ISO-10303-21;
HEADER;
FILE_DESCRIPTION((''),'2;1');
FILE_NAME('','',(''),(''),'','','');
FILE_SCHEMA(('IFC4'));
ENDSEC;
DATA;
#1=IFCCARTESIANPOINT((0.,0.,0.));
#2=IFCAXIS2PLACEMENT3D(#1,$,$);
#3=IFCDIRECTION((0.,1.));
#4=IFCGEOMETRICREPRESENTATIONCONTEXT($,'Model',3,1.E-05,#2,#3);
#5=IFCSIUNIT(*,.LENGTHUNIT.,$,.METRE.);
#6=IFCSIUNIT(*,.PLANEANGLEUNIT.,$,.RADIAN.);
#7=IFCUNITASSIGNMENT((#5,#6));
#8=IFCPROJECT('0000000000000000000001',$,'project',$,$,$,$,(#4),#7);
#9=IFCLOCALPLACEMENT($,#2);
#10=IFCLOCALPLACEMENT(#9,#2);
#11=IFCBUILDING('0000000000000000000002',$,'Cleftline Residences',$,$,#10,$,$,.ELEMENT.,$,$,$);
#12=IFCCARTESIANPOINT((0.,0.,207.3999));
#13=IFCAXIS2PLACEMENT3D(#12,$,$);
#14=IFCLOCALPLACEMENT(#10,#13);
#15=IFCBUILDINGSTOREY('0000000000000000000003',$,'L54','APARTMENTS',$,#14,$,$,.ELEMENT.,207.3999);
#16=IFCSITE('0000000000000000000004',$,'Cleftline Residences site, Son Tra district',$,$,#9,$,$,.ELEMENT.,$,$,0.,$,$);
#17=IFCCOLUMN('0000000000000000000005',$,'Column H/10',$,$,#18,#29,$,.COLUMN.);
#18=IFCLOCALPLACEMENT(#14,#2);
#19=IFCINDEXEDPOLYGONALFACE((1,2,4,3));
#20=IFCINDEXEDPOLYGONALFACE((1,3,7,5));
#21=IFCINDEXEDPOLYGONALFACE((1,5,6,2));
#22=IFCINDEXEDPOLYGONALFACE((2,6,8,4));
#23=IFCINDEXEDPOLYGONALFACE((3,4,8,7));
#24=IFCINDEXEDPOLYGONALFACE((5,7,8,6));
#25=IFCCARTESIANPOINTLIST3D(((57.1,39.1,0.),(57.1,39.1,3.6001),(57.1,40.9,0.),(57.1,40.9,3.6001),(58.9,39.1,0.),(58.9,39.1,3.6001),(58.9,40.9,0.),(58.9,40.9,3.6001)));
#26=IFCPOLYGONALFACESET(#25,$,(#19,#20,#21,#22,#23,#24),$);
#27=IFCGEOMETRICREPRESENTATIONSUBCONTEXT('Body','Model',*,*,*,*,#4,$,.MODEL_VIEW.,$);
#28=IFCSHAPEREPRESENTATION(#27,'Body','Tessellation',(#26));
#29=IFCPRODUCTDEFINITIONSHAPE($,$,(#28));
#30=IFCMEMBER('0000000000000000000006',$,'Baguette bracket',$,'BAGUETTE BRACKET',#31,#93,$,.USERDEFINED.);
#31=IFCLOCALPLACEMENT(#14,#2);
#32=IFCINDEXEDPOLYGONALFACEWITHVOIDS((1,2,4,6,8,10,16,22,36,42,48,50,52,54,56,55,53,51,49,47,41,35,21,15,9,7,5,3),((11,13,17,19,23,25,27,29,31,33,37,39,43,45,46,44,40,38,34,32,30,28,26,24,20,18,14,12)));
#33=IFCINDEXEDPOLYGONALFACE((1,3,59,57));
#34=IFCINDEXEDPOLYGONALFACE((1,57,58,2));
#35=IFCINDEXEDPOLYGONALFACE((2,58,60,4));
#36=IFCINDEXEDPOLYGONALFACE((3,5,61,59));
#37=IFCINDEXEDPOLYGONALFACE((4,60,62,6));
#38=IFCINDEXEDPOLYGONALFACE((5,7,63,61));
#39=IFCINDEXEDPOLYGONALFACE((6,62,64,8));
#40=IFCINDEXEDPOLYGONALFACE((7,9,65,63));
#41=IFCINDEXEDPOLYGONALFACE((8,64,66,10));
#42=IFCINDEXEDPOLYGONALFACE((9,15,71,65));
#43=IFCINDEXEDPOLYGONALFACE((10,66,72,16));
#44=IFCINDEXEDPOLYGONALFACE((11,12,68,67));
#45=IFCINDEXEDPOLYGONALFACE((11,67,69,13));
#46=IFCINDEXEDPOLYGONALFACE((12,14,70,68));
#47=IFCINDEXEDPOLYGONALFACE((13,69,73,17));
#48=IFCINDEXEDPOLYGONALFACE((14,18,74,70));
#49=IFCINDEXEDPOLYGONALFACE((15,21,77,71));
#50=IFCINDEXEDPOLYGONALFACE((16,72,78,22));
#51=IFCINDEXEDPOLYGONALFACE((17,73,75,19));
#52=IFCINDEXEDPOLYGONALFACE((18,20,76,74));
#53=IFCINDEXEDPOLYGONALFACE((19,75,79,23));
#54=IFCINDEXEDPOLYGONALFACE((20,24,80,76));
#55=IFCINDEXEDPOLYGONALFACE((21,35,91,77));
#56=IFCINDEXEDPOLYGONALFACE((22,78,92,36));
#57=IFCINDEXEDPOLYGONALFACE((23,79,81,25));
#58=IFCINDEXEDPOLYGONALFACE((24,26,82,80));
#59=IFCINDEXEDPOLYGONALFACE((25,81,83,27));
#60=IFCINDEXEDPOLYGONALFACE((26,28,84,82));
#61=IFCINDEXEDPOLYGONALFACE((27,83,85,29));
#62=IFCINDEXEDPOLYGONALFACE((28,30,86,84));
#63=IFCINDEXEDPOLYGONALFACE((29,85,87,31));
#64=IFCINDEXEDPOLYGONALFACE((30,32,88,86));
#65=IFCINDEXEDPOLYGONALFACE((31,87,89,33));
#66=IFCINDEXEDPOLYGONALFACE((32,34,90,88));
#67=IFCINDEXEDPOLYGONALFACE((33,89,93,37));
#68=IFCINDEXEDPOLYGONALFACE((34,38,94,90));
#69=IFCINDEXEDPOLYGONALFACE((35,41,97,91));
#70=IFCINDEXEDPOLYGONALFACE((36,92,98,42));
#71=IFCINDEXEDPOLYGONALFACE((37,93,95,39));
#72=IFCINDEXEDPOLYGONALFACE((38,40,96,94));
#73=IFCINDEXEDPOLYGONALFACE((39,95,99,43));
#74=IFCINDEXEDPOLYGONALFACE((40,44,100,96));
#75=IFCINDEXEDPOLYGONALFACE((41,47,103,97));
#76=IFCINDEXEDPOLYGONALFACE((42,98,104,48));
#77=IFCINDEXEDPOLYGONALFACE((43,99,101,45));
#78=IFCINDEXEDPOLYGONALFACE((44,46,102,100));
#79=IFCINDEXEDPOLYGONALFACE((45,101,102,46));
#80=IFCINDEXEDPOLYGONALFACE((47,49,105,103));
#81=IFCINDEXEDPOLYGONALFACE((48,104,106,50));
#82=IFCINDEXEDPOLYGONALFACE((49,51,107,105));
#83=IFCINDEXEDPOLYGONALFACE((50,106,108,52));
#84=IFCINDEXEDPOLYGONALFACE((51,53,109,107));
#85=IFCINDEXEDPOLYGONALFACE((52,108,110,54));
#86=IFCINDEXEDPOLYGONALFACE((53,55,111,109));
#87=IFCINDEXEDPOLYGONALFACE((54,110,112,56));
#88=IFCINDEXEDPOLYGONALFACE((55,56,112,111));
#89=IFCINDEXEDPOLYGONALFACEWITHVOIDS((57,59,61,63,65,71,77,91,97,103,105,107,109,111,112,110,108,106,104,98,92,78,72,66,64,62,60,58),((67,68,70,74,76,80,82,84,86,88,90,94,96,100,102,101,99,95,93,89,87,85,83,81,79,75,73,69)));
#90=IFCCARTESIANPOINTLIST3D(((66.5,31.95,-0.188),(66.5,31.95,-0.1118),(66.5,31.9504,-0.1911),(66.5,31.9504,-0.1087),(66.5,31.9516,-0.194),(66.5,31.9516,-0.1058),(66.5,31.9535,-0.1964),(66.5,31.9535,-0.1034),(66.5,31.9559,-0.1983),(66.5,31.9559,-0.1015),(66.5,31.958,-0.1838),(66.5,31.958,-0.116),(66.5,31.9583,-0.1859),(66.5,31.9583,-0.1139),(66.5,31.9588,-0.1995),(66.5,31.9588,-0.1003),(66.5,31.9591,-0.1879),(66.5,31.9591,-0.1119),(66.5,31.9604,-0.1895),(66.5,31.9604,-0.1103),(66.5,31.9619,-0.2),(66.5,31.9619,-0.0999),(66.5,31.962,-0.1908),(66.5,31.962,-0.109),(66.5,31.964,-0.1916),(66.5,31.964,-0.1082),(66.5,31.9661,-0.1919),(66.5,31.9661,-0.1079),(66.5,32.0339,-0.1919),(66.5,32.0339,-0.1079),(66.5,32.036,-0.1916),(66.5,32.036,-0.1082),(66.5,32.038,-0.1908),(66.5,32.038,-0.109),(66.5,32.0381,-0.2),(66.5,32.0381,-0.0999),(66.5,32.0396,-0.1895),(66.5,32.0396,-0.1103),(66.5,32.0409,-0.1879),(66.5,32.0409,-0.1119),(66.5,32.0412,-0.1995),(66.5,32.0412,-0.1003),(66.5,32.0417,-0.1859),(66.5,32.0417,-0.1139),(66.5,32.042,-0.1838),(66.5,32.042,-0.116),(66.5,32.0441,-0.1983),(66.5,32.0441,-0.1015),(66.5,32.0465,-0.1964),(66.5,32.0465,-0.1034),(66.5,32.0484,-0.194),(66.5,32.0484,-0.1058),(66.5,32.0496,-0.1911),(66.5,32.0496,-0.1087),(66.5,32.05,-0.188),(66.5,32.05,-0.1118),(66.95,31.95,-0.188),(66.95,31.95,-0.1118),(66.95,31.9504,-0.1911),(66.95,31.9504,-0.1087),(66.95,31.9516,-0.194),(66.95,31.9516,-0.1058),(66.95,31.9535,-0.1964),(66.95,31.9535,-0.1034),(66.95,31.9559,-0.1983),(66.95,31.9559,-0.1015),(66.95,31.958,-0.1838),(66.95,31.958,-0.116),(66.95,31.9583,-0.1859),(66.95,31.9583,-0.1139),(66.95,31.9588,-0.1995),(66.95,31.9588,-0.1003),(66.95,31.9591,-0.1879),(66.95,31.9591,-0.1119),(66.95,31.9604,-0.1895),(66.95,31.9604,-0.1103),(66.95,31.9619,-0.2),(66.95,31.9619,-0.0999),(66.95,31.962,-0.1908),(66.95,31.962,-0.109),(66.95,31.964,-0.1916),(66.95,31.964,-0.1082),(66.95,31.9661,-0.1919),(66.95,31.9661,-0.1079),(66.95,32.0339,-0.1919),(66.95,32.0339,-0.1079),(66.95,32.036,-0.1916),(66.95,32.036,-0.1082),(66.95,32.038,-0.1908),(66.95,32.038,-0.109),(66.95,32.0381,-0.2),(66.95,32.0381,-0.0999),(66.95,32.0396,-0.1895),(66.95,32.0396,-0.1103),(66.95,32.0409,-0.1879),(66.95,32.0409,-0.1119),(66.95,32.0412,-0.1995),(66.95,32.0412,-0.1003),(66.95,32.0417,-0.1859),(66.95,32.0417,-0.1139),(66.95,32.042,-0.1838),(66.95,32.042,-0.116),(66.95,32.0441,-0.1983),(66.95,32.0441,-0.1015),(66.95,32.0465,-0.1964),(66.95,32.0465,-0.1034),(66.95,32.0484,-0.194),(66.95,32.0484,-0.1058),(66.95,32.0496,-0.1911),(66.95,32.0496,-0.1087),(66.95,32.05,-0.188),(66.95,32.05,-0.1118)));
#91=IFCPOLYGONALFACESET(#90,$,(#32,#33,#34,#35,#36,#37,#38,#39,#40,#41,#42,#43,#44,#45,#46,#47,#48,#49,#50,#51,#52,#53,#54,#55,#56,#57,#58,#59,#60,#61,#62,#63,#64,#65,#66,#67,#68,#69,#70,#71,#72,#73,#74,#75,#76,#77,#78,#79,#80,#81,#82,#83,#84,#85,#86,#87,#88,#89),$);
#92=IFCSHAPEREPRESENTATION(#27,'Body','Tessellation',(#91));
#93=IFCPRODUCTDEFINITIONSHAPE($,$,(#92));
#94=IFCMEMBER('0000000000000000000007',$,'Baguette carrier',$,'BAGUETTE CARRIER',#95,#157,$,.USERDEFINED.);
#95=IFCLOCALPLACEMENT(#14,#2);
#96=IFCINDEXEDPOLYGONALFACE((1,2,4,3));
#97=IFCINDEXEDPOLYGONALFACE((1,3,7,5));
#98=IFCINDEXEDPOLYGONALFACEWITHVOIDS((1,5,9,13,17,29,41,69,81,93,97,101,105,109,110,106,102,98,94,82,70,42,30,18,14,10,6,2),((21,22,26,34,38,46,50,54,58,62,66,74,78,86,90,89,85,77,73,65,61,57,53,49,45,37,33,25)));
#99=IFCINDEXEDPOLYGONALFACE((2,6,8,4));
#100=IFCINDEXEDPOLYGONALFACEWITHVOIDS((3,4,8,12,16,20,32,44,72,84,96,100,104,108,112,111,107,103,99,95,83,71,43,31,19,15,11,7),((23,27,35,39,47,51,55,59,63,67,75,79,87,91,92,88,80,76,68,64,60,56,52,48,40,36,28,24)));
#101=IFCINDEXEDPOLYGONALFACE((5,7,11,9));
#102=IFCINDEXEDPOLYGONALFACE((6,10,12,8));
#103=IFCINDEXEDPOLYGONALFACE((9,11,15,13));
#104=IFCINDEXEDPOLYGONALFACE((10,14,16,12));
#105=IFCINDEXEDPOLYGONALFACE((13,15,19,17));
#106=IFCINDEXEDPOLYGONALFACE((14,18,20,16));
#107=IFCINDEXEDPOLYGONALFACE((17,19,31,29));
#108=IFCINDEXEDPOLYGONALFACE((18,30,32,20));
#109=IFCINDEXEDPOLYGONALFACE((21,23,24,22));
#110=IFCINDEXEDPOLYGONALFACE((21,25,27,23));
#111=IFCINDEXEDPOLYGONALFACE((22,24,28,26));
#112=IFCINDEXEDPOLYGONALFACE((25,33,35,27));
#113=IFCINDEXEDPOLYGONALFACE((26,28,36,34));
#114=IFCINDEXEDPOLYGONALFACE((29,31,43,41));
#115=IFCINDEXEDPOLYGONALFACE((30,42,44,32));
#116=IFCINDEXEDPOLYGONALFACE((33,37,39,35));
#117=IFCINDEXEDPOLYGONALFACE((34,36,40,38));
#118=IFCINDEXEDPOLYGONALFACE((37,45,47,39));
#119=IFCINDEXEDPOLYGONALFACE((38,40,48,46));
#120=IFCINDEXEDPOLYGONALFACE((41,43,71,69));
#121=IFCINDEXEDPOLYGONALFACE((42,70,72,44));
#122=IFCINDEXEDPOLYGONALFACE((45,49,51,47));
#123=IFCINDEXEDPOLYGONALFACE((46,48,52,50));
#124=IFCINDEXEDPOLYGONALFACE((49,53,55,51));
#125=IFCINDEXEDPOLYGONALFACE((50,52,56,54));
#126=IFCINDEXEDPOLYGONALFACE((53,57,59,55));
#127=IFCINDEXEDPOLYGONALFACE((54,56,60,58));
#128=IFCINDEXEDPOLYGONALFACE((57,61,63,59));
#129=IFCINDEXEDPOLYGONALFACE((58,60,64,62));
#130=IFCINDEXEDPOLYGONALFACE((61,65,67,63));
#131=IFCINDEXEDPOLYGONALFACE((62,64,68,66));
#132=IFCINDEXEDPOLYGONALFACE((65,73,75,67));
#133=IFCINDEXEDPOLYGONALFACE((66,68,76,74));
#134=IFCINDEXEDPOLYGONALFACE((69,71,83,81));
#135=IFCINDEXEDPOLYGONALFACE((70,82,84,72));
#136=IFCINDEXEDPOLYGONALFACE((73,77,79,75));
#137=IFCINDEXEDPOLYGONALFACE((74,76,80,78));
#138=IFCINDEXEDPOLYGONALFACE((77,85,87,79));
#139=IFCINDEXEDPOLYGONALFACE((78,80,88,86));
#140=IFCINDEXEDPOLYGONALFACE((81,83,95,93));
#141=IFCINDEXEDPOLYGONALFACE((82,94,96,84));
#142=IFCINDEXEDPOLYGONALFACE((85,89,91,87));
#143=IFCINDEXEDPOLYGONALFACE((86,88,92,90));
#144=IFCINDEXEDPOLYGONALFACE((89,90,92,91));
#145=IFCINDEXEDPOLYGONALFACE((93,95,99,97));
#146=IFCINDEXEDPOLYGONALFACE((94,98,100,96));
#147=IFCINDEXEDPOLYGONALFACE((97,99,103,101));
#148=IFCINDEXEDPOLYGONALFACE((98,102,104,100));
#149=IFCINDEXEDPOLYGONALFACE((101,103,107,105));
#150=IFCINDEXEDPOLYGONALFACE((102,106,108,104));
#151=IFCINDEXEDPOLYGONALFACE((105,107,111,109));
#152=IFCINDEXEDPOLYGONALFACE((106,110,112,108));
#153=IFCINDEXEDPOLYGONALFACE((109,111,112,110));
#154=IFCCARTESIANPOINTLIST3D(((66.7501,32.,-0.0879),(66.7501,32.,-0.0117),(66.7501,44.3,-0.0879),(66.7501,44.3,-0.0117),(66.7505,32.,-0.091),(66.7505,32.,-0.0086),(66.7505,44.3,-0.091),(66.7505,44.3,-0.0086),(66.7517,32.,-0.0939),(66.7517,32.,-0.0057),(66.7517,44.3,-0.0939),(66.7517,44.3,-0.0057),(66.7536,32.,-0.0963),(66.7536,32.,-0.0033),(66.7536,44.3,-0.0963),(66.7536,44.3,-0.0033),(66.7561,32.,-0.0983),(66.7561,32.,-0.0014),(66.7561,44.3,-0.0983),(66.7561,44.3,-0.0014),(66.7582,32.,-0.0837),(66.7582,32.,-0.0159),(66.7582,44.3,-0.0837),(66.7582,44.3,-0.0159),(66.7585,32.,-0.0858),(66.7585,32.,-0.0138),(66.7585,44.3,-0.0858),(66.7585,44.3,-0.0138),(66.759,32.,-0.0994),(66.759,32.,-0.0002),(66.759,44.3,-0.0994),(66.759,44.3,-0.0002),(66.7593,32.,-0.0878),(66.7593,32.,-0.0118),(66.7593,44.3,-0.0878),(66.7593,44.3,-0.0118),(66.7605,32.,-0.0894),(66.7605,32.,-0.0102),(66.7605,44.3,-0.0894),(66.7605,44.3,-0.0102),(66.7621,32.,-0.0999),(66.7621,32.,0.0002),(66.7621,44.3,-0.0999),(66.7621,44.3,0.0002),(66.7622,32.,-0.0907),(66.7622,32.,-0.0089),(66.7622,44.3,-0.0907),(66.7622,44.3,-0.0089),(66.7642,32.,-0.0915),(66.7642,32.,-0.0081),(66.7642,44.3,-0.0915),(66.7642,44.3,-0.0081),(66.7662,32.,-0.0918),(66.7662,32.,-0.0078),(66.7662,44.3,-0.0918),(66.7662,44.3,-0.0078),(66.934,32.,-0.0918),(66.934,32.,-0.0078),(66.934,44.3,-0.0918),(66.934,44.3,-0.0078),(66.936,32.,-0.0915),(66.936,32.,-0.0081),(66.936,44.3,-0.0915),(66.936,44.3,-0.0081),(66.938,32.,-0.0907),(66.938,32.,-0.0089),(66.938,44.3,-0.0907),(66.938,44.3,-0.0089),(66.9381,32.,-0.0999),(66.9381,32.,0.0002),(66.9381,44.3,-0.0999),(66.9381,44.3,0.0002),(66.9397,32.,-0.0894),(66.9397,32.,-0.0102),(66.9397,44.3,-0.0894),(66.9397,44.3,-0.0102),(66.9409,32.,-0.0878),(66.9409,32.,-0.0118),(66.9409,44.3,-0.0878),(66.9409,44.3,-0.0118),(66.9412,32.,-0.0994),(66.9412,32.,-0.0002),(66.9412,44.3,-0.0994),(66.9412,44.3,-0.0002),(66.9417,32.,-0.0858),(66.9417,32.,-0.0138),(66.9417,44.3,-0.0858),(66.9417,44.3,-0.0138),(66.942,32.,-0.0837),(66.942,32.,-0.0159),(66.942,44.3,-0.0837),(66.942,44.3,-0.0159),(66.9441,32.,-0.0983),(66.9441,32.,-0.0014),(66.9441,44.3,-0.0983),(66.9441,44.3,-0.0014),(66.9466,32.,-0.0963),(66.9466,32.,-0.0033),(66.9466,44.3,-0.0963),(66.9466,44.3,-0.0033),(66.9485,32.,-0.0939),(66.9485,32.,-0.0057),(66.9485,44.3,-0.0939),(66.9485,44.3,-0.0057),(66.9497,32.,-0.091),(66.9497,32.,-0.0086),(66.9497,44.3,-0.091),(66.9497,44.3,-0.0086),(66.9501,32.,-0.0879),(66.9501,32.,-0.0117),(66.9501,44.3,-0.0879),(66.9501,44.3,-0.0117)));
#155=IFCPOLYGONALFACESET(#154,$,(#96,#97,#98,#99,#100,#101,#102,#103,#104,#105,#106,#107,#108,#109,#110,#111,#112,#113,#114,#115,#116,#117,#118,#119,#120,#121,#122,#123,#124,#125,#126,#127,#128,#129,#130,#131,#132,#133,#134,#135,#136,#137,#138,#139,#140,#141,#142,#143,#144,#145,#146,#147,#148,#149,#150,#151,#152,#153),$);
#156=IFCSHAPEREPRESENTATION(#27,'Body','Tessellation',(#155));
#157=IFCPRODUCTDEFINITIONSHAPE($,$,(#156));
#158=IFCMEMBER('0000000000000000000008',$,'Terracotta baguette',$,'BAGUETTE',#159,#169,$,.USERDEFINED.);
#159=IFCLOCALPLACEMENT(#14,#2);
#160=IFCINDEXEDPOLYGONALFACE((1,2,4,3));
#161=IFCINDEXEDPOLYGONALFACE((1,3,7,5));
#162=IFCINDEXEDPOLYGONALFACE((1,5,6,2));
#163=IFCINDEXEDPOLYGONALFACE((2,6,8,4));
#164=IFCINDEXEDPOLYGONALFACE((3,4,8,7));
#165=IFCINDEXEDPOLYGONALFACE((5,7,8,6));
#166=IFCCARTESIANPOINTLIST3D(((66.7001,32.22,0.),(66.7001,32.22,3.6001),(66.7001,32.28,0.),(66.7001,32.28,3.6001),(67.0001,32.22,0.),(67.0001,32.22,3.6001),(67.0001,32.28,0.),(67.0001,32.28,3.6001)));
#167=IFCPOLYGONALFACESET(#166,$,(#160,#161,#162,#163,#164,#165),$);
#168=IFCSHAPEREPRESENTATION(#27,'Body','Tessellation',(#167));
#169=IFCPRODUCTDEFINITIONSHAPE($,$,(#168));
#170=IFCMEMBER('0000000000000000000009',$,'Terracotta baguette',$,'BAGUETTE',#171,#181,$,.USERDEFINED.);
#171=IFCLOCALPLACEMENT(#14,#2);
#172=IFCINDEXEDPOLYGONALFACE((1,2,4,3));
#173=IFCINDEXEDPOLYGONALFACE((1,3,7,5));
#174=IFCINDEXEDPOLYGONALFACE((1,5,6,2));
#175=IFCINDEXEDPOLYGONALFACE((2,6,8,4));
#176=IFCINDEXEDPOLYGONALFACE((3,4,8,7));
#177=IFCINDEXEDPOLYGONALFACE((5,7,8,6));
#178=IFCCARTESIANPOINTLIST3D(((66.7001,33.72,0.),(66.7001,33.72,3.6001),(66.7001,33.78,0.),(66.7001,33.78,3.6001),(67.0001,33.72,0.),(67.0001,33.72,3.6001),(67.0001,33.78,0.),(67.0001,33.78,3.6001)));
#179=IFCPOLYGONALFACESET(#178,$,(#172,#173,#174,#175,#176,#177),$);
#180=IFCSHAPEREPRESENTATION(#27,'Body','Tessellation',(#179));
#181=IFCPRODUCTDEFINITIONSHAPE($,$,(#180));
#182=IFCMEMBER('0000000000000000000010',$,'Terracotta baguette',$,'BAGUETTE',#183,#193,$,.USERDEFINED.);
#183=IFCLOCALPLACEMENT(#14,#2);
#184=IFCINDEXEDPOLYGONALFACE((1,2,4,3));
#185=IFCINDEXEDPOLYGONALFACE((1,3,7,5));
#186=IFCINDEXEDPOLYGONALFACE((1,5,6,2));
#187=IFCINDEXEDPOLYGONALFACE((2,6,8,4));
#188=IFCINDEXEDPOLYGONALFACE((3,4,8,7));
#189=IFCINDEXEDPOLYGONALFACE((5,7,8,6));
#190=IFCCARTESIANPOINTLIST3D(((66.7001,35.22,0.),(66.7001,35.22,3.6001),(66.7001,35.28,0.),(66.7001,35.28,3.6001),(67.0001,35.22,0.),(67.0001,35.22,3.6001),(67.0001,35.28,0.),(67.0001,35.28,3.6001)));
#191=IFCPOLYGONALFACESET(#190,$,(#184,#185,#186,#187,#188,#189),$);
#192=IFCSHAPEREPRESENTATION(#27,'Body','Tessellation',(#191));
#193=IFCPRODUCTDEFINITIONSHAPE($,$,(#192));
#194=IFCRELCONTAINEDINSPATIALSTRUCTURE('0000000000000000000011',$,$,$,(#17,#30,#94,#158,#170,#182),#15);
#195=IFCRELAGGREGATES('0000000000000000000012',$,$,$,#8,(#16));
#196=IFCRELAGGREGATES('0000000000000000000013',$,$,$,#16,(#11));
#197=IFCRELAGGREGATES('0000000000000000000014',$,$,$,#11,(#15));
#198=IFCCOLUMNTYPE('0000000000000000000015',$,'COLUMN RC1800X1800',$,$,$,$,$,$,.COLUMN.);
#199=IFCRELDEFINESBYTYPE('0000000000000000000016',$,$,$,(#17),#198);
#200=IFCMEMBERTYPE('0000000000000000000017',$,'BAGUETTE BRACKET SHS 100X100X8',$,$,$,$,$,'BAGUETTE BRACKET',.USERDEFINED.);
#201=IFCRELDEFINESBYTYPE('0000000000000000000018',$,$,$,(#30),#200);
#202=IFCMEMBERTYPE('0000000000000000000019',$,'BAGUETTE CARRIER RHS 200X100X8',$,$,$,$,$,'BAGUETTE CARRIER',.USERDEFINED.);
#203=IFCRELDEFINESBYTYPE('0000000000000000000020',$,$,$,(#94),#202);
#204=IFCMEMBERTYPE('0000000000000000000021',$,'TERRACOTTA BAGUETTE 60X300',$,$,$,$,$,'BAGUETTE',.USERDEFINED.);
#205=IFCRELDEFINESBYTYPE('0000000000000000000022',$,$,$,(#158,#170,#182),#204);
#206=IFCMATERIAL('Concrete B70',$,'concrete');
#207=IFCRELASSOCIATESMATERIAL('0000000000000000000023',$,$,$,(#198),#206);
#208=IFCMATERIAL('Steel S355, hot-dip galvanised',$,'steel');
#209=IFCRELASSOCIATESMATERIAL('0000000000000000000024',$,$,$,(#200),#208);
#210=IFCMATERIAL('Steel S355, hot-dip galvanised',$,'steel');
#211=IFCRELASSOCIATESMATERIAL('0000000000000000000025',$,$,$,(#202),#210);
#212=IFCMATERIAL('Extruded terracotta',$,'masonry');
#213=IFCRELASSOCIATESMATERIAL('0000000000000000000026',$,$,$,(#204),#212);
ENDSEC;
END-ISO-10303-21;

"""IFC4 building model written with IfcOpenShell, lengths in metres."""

from ifc_helpers import new_model, si_unit, direction, frame, origin, origin_2d, place, context, subcontext, project, spatial, rectangle, hollow_rectangle, extrude, material, material_profile, profile_set, type_object, element, save


model = new_model("IFC4")

# Units and contexts
model_context = context("Model", 3, precision=1e-05, world=origin(), true_north=direction((0.0, 1.0)))
body_context = subcontext(model_context, "Body", "Model", "MODEL_VIEW")
ifc_project = project(units=[si_unit("LENGTHUNIT", "METRE"), si_unit("PLANEANGLEUNIT", "RADIAN")], contexts=[model_context])

# Site, building, storey
site_placement = place(None, origin())
site = spatial("IfcSite", under=ifc_project, at=site_placement, Name="Cleftline Residences site, Son Tra district", CompositionType="ELEMENT", RefElevation=0.0)
building_placement = place(site_placement, origin())
building = spatial("IfcBuilding", under=site, at=building_placement, Name="Cleftline Residences", CompositionType="ELEMENT")
storey_placement = place(building_placement, frame((0.0, 0.0, 207.3999)))
storey = spatial("IfcBuildingStorey", under=building, at=storey_placement, Name="L54", Description="APARTMENTS", CompositionType="ELEMENT", Elevation=207.3999)

# Column
ifc_material_1 = material(Name="Concrete B70", Category="concrete")
ifc_material_profile_1 = material_profile(ifc_material_1, rectangle(XDim=1.8, YDim=1.8, at=origin_2d()))
ifc_profile_set_1 = profile_set([ifc_material_profile_1], Name="Concrete B70")
column_type = type_object("IfcColumnType", Name="COLUMN RC1800X1800", PredefinedType="COLUMN", material=ifc_profile_set_1)
column_placement = place(storey_placement, frame((58.0, 40.0, 0.0), z_axis=(0.0, 0.0, 1.0), x_axis=(1.0, 0.0, 0.0)))
element("IfcColumn", 1, at=column_placement, inside=storey, type_object=column_type, Name="Column H/10", PredefinedType="COLUMN", context=body_context, shape_type="SweptSolid", body=[
    extrude(rectangle(XDim=1.8, YDim=1.8, at=origin_2d()), origin(), (0.0, 0.0, 1.0), 3.6001),
])

# Members
ifc_material_2 = material(Name="Steel S355, hot-dip galvanised", Category="steel")
ifc_material_profile_2 = material_profile(ifc_material_2, hollow_rectangle(XDim=0.1001, YDim=0.1001, WallThickness=0.0081, InnerFilletRadius=0.0081, OuterFilletRadius=0.012, at=origin_2d()))
ifc_profile_set_2 = profile_set([ifc_material_profile_2], Name="Steel S355, hot-dip galvanised")
member_type_1 = type_object("IfcMemberType", Name="BAGUETTE BRACKET SHS 100X100X8", ElementType="BAGUETTE BRACKET", PredefinedType="USERDEFINED", material=ifc_profile_set_2)
member_1_placement = place(storey_placement, frame((66.5, 32.0, -0.1499), z_axis=(1.0, 0.0, 0.0), x_axis=(0.0, 1.0, 0.0)))
element("IfcMember", 2, at=member_1_placement, inside=storey, type_object=member_type_1, Name="Baguette bracket", ObjectType="BAGUETTE BRACKET", PredefinedType="USERDEFINED", context=body_context, shape_type="SweptSolid", body=[
    extrude(hollow_rectangle(XDim=0.1001, YDim=0.1001, WallThickness=0.0081, InnerFilletRadius=0.0081, OuterFilletRadius=0.012, at=origin_2d()), origin(), (0.0, 0.0, 1.0), 0.45),
])
ifc_material_3 = material(Name="Steel S355, hot-dip galvanised", Category="steel")
ifc_material_profile_3 = material_profile(ifc_material_3, hollow_rectangle(XDim=0.1001, YDim=0.2, WallThickness=0.0081, InnerFilletRadius=0.0081, OuterFilletRadius=0.012, at=origin_2d()))
ifc_profile_set_3 = profile_set([ifc_material_profile_3], Name="Steel S355, hot-dip galvanised")
member_type_2 = type_object("IfcMemberType", Name="BAGUETTE CARRIER RHS 200X100X8", ElementType="BAGUETTE CARRIER", PredefinedType="USERDEFINED", material=ifc_profile_set_3)
member_2_placement = place(storey_placement, frame((66.8501, 32.0, -0.0498), z_axis=(0.0, 1.0, 0.0), x_axis=(0.0, 0.0, 1.0)))
element("IfcMember", 3, at=member_2_placement, inside=storey, type_object=member_type_2, Name="Baguette carrier", ObjectType="BAGUETTE CARRIER", PredefinedType="USERDEFINED", context=body_context, shape_type="SweptSolid", body=[
    extrude(hollow_rectangle(XDim=0.1001, YDim=0.2, WallThickness=0.0081, InnerFilletRadius=0.0081, OuterFilletRadius=0.012, at=origin_2d()), origin(), (0.0, 0.0, 1.0), 12.3),
])
ifc_material_4 = material(Name="Extruded terracotta", Category="masonry")
ifc_material_profile_4 = material_profile(ifc_material_4, rectangle(XDim=0.0601, YDim=0.3, at=origin_2d()))
ifc_profile_set_4 = profile_set([ifc_material_profile_4], Name="Extruded terracotta")
member_type_3 = type_object("IfcMemberType", Name="TERRACOTTA BAGUETTE 60X300", ElementType="BAGUETTE", PredefinedType="USERDEFINED", material=ifc_profile_set_4)
for number, where, z_axis, x_axis, name in (
    (4, (66.8501, 32.25, 0.0), (0.0, 0.0, 1.0), (0.0, 1.0, 0.0), "Terracotta baguette"),
    (5, (66.8501, 33.75, 0.0), (0.0, 0.0, 1.0), (0.0, 1.0, 0.0), "Terracotta baguette"),
    (6, (66.8501, 35.25, 0.0), (0.0, 0.0, 1.0), (0.0, 1.0, 0.0), "Terracotta baguette"),
):
    element("IfcMember", number, at=place(storey_placement, frame(where, z_axis=z_axis, x_axis=x_axis)), inside=storey, type_object=member_type_3, Name=name, ObjectType="BAGUETTE", PredefinedType="USERDEFINED", context=body_context, shape_type="SweptSolid", body=[
        extrude(rectangle(XDim=0.0601, YDim=0.3, at=origin_2d()), origin(), (0.0, 0.0, 1.0), 3.6001),
    ])

save(model, "model.ifc")
